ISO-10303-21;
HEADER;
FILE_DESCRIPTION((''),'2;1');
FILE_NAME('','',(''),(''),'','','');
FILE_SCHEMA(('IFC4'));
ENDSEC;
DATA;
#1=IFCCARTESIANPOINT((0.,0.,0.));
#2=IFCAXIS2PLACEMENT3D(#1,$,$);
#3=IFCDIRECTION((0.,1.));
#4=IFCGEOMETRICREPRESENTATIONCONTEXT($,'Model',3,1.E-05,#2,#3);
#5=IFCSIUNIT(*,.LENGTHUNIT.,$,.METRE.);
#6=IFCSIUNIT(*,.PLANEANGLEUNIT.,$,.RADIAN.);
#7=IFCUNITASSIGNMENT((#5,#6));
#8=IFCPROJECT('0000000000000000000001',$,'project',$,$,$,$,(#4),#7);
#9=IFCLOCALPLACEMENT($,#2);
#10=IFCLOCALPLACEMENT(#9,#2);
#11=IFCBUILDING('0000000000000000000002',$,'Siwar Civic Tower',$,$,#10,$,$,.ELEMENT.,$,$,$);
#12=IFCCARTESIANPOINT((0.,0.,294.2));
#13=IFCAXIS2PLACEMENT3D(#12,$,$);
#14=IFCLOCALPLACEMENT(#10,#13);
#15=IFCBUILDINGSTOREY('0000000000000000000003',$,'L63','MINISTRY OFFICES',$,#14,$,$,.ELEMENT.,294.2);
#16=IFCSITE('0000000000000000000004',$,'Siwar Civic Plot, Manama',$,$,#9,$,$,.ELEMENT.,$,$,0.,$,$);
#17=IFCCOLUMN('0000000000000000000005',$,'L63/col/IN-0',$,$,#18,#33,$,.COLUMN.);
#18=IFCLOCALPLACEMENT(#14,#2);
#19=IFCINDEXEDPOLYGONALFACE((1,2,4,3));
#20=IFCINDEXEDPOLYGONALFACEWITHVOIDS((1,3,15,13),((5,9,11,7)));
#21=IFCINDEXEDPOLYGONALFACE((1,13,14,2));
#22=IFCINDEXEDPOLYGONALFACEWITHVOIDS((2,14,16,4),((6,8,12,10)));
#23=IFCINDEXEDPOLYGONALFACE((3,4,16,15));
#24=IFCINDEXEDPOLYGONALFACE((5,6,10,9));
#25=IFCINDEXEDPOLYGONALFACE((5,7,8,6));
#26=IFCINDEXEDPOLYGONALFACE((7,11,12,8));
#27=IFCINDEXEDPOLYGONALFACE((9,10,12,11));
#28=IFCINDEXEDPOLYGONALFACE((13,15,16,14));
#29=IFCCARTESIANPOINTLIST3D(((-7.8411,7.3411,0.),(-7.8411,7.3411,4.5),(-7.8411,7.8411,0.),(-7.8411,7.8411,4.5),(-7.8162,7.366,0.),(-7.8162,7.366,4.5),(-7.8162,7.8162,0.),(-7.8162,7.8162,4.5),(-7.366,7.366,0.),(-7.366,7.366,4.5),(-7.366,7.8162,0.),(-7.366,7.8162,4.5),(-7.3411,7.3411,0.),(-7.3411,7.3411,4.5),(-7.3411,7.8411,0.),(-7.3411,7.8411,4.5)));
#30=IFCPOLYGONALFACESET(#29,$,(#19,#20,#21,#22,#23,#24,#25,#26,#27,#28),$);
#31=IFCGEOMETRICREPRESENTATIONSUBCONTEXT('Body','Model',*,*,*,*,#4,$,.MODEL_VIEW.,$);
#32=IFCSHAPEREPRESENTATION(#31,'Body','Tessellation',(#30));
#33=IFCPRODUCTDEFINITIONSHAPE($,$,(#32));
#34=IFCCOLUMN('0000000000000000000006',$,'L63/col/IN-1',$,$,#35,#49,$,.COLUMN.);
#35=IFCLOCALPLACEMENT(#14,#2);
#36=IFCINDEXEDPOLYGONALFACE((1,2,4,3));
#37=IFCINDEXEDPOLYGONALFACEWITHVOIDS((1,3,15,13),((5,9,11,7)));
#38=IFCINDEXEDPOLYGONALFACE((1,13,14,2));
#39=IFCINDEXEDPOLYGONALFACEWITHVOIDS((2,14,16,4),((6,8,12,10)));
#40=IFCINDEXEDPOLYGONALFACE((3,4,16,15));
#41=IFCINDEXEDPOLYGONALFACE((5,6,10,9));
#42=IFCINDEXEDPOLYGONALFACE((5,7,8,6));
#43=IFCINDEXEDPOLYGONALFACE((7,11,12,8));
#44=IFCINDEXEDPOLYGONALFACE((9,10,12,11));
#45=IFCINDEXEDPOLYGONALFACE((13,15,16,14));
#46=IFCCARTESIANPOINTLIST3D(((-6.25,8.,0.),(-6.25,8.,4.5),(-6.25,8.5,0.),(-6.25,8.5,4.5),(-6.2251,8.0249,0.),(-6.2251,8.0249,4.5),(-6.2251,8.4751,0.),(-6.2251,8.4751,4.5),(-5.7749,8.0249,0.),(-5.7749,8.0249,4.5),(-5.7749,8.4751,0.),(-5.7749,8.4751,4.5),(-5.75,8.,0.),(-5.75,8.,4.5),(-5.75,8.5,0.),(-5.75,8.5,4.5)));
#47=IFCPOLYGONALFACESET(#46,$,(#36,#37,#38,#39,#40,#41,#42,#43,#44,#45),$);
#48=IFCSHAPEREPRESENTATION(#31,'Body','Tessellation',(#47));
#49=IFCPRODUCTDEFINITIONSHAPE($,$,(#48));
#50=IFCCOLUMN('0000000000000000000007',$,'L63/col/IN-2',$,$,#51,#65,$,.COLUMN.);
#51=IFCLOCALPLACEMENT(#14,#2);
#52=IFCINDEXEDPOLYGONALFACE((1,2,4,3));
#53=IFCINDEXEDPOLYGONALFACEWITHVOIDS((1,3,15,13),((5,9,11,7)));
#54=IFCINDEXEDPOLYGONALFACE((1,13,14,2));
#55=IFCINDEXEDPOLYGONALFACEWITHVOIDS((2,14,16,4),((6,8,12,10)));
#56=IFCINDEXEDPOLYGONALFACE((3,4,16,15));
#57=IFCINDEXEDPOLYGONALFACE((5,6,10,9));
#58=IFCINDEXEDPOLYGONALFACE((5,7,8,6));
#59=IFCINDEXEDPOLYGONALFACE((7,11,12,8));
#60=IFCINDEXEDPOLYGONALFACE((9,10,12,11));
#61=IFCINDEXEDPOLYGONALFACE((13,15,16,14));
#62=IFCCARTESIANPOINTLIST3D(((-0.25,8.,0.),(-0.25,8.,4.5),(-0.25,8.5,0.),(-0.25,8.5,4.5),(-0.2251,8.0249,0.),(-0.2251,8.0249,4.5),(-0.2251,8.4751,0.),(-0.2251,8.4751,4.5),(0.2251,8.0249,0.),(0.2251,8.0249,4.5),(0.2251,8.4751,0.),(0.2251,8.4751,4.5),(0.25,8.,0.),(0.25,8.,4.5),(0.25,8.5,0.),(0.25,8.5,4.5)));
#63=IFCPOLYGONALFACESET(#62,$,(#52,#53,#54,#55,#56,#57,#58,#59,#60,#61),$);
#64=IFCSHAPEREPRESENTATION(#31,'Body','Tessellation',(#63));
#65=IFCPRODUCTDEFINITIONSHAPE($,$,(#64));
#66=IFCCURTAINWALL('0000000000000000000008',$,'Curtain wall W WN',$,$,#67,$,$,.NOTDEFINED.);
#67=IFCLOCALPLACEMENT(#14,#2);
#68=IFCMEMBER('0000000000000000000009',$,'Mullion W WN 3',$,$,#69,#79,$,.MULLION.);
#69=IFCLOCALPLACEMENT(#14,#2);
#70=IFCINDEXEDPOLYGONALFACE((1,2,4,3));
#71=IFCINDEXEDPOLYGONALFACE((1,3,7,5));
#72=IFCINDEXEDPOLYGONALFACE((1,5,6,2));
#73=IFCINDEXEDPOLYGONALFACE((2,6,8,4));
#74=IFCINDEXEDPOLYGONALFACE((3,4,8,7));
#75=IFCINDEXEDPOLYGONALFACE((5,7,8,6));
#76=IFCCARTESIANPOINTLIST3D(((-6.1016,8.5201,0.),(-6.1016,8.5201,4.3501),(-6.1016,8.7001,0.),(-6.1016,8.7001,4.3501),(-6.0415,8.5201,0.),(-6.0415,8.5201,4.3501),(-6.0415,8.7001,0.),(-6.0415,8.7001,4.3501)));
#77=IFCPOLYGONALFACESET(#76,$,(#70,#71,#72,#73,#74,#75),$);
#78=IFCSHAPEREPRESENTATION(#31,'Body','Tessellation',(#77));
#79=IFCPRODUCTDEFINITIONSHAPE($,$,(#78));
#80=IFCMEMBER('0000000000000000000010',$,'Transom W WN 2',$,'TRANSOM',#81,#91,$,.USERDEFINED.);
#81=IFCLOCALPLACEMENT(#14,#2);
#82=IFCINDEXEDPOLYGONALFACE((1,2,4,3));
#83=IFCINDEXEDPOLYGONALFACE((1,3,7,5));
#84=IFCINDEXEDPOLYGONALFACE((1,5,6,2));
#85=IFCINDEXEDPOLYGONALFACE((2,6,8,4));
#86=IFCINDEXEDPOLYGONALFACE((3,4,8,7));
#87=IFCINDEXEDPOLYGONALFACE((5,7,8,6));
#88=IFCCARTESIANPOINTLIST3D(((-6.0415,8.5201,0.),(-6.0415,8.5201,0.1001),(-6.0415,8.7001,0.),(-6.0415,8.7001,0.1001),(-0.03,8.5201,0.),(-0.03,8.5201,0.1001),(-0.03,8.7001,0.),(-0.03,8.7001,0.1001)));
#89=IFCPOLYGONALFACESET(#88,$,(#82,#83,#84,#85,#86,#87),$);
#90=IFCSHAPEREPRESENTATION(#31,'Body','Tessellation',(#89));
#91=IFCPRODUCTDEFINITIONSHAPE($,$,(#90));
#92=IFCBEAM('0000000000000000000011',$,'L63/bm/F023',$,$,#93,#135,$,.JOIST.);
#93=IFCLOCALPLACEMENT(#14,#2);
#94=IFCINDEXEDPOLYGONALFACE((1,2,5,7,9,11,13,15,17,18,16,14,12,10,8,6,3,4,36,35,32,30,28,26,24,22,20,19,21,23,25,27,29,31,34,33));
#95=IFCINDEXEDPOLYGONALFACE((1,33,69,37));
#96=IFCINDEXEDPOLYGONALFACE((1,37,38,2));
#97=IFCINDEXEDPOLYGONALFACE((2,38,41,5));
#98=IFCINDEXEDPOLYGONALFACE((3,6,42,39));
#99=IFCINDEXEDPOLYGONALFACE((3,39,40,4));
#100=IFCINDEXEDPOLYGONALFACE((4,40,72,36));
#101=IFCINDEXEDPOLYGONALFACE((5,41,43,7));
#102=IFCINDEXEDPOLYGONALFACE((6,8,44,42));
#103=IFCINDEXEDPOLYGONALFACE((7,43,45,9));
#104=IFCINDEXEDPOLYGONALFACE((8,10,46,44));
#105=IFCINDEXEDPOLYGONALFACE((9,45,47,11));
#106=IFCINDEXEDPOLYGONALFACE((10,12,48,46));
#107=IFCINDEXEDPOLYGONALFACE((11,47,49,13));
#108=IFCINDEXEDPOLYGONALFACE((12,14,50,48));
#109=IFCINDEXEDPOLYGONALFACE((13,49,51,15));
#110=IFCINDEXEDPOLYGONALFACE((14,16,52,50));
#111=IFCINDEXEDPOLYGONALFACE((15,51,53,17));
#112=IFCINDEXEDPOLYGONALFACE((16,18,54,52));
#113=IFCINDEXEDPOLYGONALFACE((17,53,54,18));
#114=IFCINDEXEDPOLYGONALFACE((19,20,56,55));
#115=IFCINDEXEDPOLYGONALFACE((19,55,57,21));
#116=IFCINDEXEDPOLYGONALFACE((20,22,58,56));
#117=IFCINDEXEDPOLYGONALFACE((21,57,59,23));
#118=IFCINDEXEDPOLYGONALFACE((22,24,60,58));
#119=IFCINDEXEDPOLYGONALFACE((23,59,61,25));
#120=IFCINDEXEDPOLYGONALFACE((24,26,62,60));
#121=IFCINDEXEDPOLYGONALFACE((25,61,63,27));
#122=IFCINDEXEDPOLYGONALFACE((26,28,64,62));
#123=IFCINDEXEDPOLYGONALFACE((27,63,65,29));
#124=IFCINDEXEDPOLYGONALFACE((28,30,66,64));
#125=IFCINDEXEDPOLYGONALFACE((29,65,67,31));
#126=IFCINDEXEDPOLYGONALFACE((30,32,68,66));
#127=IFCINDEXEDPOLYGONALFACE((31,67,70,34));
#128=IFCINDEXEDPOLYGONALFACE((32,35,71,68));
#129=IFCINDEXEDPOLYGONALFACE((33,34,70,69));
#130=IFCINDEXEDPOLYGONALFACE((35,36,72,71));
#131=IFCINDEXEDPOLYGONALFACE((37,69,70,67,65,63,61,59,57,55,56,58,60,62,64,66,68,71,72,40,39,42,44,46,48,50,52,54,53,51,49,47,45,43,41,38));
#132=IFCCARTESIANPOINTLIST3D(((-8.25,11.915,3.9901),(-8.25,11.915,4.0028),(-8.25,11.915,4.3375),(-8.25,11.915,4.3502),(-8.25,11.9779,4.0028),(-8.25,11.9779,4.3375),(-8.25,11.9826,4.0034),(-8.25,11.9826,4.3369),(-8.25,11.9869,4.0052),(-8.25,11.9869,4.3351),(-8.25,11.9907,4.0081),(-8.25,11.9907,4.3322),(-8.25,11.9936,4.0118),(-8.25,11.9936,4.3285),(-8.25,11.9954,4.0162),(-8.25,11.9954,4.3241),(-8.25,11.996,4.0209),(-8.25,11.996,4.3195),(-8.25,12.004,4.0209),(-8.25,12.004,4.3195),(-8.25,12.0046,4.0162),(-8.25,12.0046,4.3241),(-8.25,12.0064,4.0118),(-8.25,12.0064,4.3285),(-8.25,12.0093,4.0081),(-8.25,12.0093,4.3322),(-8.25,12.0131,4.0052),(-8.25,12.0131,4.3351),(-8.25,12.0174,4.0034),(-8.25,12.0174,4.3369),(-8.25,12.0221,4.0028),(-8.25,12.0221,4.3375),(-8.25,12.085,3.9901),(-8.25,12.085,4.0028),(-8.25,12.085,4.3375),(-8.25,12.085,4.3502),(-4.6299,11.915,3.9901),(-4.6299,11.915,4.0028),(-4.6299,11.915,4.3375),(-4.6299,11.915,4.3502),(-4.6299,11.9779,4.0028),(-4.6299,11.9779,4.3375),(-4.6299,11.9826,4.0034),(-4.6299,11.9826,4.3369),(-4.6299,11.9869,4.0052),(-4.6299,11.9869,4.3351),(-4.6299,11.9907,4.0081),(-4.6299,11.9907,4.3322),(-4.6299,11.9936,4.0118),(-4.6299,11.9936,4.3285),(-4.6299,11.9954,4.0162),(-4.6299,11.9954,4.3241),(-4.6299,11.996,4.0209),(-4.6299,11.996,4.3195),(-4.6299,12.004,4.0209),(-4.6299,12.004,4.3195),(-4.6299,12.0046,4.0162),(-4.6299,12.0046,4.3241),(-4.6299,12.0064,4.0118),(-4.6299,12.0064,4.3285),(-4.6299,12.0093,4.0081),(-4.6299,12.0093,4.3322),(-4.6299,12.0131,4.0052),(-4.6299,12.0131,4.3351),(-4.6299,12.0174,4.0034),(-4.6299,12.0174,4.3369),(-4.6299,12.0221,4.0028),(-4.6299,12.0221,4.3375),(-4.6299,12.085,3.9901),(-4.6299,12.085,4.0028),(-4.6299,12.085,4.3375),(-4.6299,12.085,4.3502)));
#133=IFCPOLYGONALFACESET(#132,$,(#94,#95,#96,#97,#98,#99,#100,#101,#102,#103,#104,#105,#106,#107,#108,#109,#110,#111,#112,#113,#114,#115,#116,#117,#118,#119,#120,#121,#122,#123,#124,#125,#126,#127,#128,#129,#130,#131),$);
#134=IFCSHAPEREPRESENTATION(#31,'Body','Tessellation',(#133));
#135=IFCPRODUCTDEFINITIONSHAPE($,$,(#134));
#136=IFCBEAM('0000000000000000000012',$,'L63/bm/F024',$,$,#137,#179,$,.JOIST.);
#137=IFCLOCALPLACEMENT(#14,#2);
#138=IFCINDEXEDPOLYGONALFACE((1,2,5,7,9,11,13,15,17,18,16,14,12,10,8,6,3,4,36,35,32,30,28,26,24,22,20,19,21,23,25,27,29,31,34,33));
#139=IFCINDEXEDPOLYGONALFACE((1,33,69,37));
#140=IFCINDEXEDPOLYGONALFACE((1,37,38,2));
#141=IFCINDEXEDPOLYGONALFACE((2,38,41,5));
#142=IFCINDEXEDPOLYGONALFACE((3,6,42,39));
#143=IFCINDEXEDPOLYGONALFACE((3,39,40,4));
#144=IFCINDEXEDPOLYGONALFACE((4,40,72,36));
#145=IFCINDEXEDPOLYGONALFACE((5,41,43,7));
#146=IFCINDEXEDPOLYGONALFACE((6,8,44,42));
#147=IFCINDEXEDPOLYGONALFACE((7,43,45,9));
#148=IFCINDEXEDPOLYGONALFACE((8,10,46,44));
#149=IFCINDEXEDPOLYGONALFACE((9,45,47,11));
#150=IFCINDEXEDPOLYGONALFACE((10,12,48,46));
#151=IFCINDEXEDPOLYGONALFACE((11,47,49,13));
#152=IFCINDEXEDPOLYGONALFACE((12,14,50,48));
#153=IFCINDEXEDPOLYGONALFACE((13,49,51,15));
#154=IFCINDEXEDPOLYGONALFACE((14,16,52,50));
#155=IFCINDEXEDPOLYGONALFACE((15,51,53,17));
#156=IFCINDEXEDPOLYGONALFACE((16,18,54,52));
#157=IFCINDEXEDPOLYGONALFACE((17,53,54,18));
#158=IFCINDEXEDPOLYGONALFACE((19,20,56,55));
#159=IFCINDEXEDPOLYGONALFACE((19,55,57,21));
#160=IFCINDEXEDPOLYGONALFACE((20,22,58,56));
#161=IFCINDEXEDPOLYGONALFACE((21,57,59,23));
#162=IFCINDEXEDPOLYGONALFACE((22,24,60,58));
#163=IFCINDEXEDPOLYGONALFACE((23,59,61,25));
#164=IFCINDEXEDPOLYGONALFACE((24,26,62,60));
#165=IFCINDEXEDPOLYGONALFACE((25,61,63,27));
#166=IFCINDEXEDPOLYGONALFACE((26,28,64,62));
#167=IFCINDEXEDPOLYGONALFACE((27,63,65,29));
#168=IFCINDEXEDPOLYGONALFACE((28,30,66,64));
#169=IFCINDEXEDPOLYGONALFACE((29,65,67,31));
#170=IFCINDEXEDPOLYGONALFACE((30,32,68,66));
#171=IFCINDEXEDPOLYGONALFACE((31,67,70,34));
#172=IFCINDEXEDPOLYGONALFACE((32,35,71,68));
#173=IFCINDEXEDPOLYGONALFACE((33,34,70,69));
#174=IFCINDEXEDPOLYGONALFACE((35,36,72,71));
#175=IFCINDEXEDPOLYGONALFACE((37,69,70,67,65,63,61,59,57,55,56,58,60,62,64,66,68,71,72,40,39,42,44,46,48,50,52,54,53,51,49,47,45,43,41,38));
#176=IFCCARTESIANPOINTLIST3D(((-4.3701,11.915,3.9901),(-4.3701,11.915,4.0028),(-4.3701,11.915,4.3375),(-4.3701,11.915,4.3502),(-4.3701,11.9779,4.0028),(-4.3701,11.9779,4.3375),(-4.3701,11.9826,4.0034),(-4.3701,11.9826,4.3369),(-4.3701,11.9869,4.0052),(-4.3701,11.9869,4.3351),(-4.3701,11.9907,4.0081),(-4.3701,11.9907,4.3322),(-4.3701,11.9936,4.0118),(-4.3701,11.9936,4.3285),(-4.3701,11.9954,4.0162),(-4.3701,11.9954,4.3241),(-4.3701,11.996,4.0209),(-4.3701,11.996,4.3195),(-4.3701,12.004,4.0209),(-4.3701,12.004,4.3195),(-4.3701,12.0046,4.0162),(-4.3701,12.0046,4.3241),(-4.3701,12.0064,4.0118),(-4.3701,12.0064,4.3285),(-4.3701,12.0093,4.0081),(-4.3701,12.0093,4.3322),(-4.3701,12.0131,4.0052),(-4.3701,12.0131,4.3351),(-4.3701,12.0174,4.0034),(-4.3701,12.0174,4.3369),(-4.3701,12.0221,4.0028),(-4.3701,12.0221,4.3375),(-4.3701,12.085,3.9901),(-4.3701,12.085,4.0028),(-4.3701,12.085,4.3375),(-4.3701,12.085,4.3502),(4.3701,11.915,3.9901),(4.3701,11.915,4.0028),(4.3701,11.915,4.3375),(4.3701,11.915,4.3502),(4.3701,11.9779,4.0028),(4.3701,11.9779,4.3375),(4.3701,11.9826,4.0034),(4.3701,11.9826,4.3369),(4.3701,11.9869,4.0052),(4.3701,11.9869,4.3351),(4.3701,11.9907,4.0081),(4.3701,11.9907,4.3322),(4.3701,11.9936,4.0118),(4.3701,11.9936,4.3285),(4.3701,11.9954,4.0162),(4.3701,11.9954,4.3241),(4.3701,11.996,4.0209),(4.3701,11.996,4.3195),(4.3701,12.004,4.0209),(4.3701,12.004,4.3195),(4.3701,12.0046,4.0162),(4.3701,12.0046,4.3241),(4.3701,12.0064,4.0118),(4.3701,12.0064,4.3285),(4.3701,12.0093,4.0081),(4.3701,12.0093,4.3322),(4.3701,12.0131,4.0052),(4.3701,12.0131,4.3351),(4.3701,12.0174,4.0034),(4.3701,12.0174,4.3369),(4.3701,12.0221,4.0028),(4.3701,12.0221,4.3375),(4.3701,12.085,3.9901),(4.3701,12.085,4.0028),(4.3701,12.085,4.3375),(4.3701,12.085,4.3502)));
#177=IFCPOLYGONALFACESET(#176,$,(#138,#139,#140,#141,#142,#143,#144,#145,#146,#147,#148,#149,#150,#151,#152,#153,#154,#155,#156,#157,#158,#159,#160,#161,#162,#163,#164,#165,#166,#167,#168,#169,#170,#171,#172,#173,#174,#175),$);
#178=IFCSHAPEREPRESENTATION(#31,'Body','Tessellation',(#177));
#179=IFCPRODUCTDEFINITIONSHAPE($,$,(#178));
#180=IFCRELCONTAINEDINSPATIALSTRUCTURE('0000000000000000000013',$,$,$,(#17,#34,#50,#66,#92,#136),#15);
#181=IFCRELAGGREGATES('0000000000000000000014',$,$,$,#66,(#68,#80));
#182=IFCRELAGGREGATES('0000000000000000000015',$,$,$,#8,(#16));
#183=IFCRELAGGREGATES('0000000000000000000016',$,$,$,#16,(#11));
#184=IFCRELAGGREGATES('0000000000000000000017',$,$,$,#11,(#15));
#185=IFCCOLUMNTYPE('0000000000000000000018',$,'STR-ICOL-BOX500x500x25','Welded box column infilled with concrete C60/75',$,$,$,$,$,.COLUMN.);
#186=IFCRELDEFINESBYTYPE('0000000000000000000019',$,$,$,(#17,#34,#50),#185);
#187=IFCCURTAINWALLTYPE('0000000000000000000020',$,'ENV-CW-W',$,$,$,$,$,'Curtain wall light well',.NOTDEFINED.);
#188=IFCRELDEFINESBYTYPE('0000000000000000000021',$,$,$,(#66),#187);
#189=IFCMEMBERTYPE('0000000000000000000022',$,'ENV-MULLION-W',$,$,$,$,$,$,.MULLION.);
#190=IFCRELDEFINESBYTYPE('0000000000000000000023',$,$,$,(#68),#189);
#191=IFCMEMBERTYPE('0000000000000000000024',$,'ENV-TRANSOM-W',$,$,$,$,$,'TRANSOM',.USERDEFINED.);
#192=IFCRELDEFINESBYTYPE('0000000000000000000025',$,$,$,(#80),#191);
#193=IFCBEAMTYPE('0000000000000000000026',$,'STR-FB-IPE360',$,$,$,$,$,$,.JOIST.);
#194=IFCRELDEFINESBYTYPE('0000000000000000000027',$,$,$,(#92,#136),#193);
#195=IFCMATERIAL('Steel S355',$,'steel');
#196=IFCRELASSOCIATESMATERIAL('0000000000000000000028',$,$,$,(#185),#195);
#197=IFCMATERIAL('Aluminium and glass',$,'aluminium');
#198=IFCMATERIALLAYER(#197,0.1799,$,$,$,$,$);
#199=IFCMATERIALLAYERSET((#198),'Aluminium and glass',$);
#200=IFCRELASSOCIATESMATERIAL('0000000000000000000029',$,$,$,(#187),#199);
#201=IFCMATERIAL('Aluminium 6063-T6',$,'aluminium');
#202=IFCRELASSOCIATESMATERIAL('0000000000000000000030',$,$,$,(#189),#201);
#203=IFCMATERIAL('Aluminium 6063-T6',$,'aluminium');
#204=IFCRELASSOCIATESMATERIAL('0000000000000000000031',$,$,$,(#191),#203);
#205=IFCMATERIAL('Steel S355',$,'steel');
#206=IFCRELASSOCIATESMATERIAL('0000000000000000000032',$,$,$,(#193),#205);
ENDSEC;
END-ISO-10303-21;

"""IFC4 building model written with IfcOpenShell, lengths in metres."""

from ifc_helpers import new_model, si_unit, direction, frame, origin, origin_2d, place, context, subcontext, project, spatial, rectangle, hollow_rectangle, i_section, extrude, material, layer, layer_set, material_profile, profile_set, type_object, element, aggregate, save


model = new_model("IFC4")

# Units and contexts
model_context = context("Model", 3, precision=1e-05, world=origin(), true_north=direction((0.0, 1.0)))
body_context = subcontext(model_context, "Body", "Model", "MODEL_VIEW")
ifc_project = project(units=[si_unit("LENGTHUNIT", "METRE"), si_unit("PLANEANGLEUNIT", "RADIAN")], contexts=[model_context])

# Site, building, storey
site_placement = place(None, origin())
site = spatial("IfcSite", under=ifc_project, at=site_placement, Name="Siwar Civic Plot, Manama", CompositionType="ELEMENT", RefElevation=0.0)
building_placement = place(site_placement, origin())
building = spatial("IfcBuilding", under=site, at=building_placement, Name="Siwar Civic Tower", CompositionType="ELEMENT")
storey_placement = place(building_placement, frame((0.0, 0.0, 294.2)))
storey = spatial("IfcBuildingStorey", under=building, at=storey_placement, Name="L63", Description="MINISTRY OFFICES", CompositionType="ELEMENT", Elevation=294.2)

# Columns
ifc_material_1 = material(Name="Steel S355", Category="steel")
ifc_material_profile_1 = material_profile(ifc_material_1, hollow_rectangle(XDim=0.5, YDim=0.5, WallThickness=0.0249, at=origin_2d()), Name="BOX500x500x25")
ifc_profile_set_1 = profile_set([ifc_material_profile_1], Name="Steel S355")
column_type = type_object("IfcColumnType", Name="STR-ICOL-BOX500x500x25", Description="Welded box column infilled with concrete C60/75", PredefinedType="COLUMN", material=ifc_profile_set_1)
for number, where, z_axis, x_axis, name in (
    (1, (-7.5911, 7.5911, 0.0), (0.0, 0.0, 1.0), (1.0, 0.0, 0.0), "L63/col/IN-0"),
    (2, (-6.0, 8.25, 0.0), (0.0, 0.0, 1.0), (1.0, 0.0, 0.0), "L63/col/IN-1"),
    (3, (0.0, 8.25, 0.0), (0.0, 0.0, 1.0), (1.0, 0.0, 0.0), "L63/col/IN-2"),
):
    element("IfcColumn", number, at=place(storey_placement, frame(where, z_axis=z_axis, x_axis=x_axis)), inside=storey, type_object=column_type, Name=name, PredefinedType="COLUMN", context=body_context, shape_type="SweptSolid", body=[
        extrude(hollow_rectangle(XDim=0.5, YDim=0.5, WallThickness=0.0249, at=origin_2d()), origin(), (0.0, 0.0, 1.0), 4.5),
    ])

# Curtain wall, members
ifc_material_2 = material(Name="Aluminium and glass", Category="aluminium")
ifc_layer_1 = layer(ifc_material_2, 0.1799)
ifc_layer_set_1 = layer_set([ifc_layer_1], Name="Aluminium and glass")
curtain_wall_type = type_object("IfcCurtainWallType", Name="ENV-CW-W", ElementType="Curtain wall light well", PredefinedType="NOTDEFINED", material=ifc_layer_set_1)
curtain_wall_placement = place(storey_placement, origin())
curtain_wall = element("IfcCurtainWall", 4, at=curtain_wall_placement, inside=storey, type_object=curtain_wall_type, Name="Curtain wall W WN", PredefinedType="NOTDEFINED")
ifc_material_3 = material(Name="Aluminium 6063-T6", Category="aluminium")
ifc_material_profile_2 = material_profile(ifc_material_3, rectangle(XDim=0.1799, YDim=0.0601, at=origin_2d()), Name="AL 180x60")
ifc_profile_set_2 = profile_set([ifc_material_profile_2], Name="Aluminium 6063-T6")
member_type_1 = type_object("IfcMemberType", Name="ENV-MULLION-W", PredefinedType="MULLION", material=ifc_profile_set_2)
member_1_placement = place(storey_placement, frame((-6.0715, 8.6101, 0.0), z_axis=(0.0, 0.0, 1.0), x_axis=(0.0, -1.0, 0.0)))
member_1 = element("IfcMember", 5, at=member_1_placement, type_object=member_type_1, Name="Mullion W WN 3", PredefinedType="MULLION", context=body_context, shape_type="SweptSolid", body=[
    extrude(rectangle(XDim=0.1799, YDim=0.0601, at=origin_2d()), origin(), (0.0, 0.0, 1.0), 4.3501),
])
ifc_material_4 = material(Name="Aluminium 6063-T6", Category="aluminium")
ifc_material_profile_3 = material_profile(ifc_material_4, rectangle(XDim=0.1799, YDim=0.1001, at=origin_2d()), Name="AL 180x100")
ifc_profile_set_3 = profile_set([ifc_material_profile_3], Name="Aluminium 6063-T6")
member_type_2 = type_object("IfcMemberType", Name="ENV-TRANSOM-W", ElementType="TRANSOM", PredefinedType="USERDEFINED", material=ifc_profile_set_3)
member_2_placement = place(storey_placement, frame((-0.03, 8.6101, 0.05), z_axis=(-1.0, 0.0, 0.0), x_axis=(0.0, -1.0, 0.0)))
member_2 = element("IfcMember", 6, at=member_2_placement, type_object=member_type_2, Name="Transom W WN 2", ObjectType="TRANSOM", PredefinedType="USERDEFINED", context=body_context, shape_type="SweptSolid", body=[
    extrude(rectangle(XDim=0.1799, YDim=0.1001, at=origin_2d()), origin(), (0.0, 0.0, 1.0), 6.0115),
])

# Beams
ifc_material_5 = material(Name="Steel S355", Category="steel")
ifc_material_profile_4 = material_profile(ifc_material_5, i_section(OverallWidth=0.1699, OverallDepth=0.3601, WebThickness=0.0081, FlangeThickness=0.0127, FilletRadius=0.0181, at=origin_2d()), Name="IPE360")
ifc_profile_set_4 = profile_set([ifc_material_profile_4], Name="Steel S355")
beam_type_1 = type_object("IfcBeamType", Name="STR-FB-IPE360", PredefinedType="JOIST", material=ifc_profile_set_4)
beam_1_placement = place(storey_placement, frame((-8.25, 12.0, 4.1702), z_axis=(1.0, 0.0, 0.0), x_axis=(0.0, 1.0, 0.0)))
element("IfcBeam", 7, at=beam_1_placement, inside=storey, type_object=beam_type_1, Name="L63/bm/F023", PredefinedType="JOIST", context=body_context, shape_type="SweptSolid", body=[
    extrude(i_section(OverallWidth=0.1699, OverallDepth=0.3601, WebThickness=0.0081, FlangeThickness=0.0127, FilletRadius=0.0181, at=origin_2d()), origin(), (0.0, 0.0, 1.0), 3.6201),
])
beam_2_placement = place(storey_placement, frame((-4.3701, 12.0, 4.1702), z_axis=(1.0, 0.0, 0.0), x_axis=(0.0, 1.0, 0.0)))
element("IfcBeam", 8, at=beam_2_placement, inside=storey, type_object=beam_type_1, Name="L63/bm/F024", PredefinedType="JOIST", context=body_context, shape_type="SweptSolid", body=[
    extrude(i_section(OverallWidth=0.1699, OverallDepth=0.3601, WebThickness=0.0081, FlangeThickness=0.0127, FilletRadius=0.0181, at=origin_2d()), origin(), (0.0, 0.0, 1.0), 8.7402),
])

aggregate(curtain_wall, [member_1, member_2])

save(model, "model.ifc")
